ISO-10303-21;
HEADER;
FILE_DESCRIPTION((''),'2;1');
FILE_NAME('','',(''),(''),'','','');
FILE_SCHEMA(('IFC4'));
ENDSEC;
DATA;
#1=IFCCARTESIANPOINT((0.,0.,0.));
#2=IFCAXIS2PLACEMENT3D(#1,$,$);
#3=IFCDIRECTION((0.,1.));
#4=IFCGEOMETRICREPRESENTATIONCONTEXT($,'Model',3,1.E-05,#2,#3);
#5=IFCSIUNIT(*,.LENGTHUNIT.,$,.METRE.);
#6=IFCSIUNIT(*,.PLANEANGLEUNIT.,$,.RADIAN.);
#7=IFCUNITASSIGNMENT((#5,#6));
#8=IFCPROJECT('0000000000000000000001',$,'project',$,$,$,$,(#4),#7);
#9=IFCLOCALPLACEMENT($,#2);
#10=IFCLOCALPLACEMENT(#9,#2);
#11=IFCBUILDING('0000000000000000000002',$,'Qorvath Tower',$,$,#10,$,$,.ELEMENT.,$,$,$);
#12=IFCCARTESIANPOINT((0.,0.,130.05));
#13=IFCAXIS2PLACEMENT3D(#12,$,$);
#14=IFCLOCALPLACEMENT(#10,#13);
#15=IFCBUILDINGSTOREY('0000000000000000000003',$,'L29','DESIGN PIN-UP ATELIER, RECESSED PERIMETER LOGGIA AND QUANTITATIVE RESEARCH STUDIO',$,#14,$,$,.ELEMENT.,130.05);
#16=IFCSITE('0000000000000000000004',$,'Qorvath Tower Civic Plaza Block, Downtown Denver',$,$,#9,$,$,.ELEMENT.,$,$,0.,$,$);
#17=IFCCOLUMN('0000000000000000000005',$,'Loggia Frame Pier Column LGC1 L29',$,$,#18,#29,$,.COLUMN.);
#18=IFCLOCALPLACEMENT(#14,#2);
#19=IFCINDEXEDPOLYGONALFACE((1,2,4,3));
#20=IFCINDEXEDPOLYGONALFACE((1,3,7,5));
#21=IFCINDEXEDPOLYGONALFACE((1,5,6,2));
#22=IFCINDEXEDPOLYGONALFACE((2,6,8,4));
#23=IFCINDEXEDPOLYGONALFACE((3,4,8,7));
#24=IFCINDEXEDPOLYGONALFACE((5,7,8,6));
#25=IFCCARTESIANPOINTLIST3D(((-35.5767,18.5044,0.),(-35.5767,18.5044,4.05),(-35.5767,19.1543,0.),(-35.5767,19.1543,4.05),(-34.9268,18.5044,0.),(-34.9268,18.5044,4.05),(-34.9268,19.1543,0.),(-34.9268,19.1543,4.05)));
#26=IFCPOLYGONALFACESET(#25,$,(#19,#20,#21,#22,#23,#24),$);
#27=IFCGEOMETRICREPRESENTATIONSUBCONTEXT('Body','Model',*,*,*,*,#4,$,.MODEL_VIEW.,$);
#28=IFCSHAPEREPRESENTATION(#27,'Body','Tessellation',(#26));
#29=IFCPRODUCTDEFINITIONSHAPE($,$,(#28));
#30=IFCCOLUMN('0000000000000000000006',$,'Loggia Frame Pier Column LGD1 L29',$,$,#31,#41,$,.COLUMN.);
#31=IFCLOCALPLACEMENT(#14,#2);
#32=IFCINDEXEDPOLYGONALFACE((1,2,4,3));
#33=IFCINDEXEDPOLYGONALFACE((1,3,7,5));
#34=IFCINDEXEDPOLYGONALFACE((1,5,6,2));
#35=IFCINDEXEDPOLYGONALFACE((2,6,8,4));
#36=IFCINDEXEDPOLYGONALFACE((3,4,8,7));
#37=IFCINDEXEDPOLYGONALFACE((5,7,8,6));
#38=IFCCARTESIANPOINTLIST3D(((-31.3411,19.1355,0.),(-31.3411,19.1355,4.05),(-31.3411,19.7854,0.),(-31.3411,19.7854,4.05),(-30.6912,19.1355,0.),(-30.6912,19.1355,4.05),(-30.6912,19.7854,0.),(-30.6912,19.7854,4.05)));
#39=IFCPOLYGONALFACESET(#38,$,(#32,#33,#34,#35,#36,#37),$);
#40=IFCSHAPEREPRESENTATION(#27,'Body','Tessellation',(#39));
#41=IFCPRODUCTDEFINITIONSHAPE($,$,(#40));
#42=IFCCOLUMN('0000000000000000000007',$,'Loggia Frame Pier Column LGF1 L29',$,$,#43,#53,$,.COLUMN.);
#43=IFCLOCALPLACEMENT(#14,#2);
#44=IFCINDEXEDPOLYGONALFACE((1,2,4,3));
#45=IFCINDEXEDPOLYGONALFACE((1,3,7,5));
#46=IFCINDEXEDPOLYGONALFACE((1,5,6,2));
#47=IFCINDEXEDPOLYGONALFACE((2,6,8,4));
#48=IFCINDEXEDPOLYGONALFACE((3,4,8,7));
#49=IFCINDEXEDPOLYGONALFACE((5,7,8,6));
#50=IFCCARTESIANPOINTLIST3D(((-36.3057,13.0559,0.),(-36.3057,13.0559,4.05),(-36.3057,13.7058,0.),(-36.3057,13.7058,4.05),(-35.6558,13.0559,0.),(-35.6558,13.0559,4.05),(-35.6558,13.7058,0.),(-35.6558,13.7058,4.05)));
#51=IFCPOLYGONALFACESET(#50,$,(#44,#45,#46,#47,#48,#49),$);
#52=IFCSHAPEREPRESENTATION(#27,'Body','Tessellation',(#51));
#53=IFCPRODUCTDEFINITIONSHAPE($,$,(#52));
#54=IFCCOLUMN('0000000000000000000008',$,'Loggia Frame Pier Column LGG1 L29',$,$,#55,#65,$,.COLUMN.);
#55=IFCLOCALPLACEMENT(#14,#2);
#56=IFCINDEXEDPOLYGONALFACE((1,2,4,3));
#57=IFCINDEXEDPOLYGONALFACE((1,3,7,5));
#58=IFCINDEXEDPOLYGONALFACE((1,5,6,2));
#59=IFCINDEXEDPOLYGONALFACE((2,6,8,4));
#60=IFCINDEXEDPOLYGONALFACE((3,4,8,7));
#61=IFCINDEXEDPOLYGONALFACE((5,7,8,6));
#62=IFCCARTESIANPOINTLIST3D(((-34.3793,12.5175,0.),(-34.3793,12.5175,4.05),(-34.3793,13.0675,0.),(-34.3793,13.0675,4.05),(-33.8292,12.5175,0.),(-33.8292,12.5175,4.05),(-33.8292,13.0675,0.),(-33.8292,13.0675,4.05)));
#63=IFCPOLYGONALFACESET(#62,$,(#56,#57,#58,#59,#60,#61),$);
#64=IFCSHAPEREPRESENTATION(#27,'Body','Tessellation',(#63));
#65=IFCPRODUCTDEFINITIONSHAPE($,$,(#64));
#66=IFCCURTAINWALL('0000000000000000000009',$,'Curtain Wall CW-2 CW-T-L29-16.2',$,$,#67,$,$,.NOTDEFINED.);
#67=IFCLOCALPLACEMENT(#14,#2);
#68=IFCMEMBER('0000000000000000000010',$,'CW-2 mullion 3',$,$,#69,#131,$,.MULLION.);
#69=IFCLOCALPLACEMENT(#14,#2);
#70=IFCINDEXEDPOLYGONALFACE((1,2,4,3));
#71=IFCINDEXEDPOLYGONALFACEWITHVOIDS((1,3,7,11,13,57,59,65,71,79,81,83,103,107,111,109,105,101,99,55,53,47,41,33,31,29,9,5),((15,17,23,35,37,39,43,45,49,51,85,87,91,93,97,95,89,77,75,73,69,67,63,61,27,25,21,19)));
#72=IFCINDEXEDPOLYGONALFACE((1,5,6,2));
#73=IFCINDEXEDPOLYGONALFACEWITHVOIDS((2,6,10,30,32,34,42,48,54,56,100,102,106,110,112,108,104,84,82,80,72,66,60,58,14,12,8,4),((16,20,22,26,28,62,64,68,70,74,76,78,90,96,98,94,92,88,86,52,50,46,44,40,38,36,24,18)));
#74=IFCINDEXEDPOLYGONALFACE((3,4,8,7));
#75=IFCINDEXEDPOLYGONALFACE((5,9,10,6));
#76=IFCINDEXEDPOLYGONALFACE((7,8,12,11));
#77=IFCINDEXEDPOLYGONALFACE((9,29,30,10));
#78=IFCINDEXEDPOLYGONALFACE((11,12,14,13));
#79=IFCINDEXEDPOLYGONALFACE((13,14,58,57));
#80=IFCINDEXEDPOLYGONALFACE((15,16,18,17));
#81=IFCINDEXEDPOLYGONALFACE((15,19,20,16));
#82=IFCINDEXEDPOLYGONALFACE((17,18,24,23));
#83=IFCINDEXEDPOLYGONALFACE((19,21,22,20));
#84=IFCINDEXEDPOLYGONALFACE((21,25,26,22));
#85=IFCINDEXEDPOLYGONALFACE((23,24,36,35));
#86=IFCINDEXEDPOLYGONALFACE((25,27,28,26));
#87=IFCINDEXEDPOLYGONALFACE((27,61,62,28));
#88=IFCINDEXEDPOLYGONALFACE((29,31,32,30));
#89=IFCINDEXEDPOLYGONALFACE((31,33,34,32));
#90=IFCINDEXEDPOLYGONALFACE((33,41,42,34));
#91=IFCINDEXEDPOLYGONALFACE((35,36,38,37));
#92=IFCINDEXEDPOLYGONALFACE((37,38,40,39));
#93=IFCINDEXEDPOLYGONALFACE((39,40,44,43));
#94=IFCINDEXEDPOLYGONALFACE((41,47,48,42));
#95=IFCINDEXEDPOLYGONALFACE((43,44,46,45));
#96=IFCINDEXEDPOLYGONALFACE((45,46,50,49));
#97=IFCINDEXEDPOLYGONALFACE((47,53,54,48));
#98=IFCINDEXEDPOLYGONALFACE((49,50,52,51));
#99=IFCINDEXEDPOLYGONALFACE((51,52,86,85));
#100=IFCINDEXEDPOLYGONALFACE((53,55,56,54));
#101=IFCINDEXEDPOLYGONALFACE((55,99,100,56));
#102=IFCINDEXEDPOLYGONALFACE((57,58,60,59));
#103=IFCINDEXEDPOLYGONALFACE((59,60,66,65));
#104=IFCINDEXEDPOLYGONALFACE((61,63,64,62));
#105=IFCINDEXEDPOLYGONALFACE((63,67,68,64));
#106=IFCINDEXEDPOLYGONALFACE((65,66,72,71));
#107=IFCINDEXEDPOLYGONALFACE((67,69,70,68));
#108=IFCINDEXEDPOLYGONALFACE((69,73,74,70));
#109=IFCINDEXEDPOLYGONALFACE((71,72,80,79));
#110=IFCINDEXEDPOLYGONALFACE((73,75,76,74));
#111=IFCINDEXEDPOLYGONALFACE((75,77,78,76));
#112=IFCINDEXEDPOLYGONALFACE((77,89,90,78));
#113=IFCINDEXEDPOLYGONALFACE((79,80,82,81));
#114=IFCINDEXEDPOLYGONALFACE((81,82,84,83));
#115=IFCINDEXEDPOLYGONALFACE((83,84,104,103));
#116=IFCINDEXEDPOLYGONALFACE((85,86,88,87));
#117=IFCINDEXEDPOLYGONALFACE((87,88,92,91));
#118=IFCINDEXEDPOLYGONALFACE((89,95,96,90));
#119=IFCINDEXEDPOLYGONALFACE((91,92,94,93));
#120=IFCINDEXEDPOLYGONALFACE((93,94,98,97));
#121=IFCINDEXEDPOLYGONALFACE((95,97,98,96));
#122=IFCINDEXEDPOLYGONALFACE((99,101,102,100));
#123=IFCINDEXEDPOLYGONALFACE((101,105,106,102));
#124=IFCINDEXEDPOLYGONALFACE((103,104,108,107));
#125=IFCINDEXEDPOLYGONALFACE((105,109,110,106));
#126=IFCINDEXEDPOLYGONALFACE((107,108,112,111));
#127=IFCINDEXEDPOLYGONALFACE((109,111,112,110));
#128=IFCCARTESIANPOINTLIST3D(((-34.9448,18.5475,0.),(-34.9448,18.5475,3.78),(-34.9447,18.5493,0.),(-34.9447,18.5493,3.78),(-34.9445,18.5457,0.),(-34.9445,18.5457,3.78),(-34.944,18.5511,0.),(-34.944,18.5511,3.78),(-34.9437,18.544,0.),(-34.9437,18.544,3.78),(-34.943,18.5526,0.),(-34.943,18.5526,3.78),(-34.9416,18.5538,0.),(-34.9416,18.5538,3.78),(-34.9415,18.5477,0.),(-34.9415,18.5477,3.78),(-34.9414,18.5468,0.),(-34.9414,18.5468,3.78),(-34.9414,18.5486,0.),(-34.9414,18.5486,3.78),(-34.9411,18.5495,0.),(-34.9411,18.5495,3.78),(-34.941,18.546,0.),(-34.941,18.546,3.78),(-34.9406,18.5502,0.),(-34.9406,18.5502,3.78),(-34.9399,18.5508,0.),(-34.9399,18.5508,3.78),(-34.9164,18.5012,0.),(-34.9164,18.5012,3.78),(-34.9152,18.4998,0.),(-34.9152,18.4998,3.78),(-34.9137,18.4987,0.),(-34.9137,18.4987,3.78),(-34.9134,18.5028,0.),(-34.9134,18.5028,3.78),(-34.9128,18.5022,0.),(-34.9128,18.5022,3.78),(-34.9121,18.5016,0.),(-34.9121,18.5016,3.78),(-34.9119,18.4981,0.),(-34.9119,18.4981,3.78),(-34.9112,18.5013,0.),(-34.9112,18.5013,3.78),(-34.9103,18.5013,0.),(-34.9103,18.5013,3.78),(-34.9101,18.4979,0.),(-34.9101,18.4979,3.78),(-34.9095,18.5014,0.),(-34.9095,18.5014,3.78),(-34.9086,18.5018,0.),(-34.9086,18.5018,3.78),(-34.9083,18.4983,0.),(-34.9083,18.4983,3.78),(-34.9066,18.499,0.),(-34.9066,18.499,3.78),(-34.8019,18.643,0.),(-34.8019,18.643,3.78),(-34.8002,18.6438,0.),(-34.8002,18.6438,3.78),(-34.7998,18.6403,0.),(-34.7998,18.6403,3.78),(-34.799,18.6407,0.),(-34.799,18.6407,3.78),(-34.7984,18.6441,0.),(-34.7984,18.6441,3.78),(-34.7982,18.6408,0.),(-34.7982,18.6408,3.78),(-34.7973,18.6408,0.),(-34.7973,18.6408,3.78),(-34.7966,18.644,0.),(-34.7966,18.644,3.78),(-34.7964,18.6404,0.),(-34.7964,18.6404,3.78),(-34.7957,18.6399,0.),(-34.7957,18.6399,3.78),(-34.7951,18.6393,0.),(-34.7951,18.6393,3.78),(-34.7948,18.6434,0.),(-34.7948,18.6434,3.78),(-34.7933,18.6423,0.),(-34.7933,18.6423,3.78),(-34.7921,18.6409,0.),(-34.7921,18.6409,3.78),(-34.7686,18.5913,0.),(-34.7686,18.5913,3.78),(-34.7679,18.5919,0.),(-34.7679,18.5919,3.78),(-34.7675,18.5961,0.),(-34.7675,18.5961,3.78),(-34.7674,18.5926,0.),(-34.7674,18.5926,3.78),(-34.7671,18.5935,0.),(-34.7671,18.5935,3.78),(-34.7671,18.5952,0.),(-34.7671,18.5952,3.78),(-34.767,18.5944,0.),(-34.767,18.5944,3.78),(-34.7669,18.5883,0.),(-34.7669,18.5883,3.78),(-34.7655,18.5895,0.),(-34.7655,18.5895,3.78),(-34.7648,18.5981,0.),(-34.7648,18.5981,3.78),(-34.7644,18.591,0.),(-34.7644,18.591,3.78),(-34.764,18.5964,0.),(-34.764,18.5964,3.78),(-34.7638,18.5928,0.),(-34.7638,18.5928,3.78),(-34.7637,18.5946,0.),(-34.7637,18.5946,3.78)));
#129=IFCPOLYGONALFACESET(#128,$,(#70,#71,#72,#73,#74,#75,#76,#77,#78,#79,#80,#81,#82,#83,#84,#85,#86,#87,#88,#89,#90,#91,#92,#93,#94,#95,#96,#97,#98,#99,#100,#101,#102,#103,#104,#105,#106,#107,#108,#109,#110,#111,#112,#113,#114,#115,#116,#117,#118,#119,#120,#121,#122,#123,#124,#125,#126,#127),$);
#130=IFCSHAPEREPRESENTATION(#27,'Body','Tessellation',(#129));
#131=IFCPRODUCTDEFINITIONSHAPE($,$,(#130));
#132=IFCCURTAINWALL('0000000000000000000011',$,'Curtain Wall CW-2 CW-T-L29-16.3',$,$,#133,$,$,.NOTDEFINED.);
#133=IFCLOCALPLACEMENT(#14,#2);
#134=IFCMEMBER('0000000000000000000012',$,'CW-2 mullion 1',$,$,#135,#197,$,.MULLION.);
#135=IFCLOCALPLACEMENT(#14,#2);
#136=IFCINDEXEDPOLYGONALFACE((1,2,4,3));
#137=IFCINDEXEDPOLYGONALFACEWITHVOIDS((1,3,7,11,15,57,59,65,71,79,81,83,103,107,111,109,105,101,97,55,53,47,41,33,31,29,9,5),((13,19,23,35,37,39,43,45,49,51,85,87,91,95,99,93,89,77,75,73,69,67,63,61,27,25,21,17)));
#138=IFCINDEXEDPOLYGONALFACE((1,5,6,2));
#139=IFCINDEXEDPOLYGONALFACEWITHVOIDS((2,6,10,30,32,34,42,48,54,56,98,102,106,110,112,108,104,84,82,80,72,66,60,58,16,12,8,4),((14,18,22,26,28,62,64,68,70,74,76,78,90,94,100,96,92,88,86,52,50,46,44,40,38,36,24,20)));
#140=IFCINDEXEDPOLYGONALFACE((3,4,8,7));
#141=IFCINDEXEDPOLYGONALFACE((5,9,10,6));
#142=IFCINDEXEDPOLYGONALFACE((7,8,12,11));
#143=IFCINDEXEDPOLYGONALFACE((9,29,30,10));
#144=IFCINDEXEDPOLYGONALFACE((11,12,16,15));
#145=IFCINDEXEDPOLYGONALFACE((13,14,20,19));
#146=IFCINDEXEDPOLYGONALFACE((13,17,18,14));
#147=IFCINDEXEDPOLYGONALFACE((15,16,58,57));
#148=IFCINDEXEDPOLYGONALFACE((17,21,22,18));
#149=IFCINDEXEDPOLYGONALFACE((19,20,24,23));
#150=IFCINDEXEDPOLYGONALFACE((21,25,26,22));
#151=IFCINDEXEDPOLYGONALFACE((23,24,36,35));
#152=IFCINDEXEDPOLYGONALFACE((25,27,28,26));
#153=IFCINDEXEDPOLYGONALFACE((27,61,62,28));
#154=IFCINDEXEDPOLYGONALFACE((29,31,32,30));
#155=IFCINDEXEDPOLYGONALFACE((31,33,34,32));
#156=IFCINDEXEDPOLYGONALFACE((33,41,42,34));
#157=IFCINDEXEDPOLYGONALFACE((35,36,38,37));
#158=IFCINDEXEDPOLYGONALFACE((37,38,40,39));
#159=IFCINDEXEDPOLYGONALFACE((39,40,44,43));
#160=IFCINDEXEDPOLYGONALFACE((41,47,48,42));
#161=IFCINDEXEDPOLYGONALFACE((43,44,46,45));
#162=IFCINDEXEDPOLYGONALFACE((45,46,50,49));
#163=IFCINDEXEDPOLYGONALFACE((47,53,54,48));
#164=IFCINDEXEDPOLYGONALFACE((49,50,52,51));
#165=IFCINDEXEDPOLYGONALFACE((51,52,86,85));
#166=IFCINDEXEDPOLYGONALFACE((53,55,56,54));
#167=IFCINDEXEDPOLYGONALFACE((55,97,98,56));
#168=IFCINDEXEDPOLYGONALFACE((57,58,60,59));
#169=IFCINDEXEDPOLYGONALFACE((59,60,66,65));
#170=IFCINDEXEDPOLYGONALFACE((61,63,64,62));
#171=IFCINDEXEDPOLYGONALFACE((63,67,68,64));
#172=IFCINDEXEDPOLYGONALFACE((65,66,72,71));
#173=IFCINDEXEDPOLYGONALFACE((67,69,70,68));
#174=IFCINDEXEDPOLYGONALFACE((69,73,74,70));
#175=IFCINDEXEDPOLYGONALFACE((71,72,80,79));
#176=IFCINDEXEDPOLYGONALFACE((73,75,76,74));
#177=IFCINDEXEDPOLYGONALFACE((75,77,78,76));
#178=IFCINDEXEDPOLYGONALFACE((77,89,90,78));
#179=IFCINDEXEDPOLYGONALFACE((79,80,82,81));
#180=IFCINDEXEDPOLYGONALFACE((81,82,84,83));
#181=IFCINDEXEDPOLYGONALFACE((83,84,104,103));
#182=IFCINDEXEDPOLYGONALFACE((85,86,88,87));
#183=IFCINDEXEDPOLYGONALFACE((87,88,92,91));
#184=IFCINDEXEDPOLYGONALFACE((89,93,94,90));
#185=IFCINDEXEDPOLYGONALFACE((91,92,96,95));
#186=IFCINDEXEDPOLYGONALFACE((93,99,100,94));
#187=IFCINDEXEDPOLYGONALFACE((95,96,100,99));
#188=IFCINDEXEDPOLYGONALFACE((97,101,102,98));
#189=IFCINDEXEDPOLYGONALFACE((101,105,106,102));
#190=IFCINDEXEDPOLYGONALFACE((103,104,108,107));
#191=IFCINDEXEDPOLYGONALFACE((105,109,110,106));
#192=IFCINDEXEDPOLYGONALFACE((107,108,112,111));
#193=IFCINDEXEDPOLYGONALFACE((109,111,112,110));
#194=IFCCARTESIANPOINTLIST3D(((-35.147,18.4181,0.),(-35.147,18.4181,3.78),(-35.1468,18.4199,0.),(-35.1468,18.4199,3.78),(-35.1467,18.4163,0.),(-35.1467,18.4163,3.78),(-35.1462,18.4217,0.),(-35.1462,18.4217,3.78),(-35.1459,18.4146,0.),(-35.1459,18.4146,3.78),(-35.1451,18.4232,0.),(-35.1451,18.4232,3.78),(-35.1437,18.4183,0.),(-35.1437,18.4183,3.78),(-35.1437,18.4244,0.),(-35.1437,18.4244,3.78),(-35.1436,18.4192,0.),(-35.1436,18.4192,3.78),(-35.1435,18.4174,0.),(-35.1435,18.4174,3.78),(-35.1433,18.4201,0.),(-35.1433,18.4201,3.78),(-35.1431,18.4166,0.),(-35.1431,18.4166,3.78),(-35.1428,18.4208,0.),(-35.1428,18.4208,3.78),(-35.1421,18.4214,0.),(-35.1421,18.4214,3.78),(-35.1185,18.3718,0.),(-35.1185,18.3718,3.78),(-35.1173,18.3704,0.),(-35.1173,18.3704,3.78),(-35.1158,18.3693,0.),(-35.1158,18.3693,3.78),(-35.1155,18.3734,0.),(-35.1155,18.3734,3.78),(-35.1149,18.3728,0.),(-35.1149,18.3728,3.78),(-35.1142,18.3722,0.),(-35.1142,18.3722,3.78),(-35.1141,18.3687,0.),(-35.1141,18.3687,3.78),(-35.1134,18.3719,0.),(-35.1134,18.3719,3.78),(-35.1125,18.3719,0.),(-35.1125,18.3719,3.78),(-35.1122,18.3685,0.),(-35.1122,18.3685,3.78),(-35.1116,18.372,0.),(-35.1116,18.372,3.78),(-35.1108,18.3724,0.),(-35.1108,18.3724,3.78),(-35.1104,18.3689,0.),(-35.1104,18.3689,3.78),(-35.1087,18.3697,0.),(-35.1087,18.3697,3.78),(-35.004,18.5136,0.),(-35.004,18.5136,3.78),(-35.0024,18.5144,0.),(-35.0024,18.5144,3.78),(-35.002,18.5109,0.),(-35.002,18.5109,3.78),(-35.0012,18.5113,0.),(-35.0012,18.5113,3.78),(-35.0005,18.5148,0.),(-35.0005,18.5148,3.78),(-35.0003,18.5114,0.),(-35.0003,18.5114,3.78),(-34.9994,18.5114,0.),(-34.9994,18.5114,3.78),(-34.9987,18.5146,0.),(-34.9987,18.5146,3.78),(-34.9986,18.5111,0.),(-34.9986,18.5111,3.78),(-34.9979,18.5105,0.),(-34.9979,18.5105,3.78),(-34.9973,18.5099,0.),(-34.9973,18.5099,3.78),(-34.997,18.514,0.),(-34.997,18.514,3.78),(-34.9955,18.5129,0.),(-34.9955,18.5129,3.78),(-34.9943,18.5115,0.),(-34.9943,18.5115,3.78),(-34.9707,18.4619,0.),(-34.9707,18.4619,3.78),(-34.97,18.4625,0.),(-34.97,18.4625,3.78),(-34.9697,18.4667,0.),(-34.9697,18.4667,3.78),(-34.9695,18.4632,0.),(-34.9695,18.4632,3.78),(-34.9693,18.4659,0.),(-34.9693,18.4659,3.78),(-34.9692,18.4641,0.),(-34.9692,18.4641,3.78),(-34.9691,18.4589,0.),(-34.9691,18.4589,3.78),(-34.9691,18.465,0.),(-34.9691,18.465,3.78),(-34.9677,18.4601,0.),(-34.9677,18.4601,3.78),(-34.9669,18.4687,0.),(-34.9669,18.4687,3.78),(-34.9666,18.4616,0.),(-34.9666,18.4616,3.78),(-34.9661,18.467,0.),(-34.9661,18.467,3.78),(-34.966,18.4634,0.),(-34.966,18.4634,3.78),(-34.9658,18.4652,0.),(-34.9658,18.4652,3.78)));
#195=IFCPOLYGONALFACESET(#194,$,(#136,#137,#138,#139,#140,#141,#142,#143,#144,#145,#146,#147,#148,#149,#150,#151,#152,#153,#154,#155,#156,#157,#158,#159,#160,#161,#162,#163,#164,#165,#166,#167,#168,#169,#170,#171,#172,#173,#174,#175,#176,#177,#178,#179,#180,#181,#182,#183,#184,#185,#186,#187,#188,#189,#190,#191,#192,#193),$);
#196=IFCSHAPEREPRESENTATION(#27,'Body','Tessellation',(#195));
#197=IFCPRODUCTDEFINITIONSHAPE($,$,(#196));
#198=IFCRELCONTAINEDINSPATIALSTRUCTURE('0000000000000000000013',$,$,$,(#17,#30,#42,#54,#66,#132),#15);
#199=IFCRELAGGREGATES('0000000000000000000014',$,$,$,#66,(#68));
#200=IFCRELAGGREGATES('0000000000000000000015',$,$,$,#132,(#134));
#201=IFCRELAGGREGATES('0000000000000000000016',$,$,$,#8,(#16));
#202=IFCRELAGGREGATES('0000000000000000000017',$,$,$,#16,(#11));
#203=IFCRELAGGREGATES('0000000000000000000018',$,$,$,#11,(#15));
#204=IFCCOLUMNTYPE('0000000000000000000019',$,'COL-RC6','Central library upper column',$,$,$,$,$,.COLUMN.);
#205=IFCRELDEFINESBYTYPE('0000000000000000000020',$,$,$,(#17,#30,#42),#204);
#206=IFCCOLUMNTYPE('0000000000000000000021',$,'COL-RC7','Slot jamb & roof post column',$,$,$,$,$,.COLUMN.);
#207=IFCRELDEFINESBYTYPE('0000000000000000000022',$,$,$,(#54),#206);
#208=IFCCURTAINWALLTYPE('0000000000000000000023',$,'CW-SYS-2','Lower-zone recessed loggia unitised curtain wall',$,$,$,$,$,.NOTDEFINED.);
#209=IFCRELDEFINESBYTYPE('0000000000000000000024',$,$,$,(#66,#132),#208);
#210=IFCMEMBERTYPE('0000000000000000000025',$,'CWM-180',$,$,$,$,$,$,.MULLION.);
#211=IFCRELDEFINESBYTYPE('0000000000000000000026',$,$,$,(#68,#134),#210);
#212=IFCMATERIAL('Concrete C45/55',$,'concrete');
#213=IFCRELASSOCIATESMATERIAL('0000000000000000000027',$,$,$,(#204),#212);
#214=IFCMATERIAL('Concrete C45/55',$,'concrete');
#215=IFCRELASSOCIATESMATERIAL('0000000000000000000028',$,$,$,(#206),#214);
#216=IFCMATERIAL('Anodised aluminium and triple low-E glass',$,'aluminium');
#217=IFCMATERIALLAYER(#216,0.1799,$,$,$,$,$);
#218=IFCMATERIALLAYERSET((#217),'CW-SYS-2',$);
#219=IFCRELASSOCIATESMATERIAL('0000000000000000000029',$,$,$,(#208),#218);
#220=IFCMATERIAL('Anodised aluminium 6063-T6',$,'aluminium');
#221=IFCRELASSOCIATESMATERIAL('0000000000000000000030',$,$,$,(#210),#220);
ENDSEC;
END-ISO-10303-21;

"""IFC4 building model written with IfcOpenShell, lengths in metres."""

from ifc_helpers import new_model, si_unit, direction, frame, origin, origin_2d, place, context, subcontext, project, spatial, rectangle, hollow_rectangle, extrude, material, layer, layer_set, material_profile, profile_set, type_object, element, aggregate, save


model = new_model("IFC4")

# Units and contexts
model_context = context("Model", 3, precision=1e-05, world=origin(), true_north=direction((0.0, 1.0)))
body_context = subcontext(model_context, "Body", "Model", "MODEL_VIEW")
ifc_project = project(units=[si_unit("LENGTHUNIT", "METRE"), si_unit("PLANEANGLEUNIT", "RADIAN")], contexts=[model_context])

# Site, building, storey
site_placement = place(None, origin())
site = spatial("IfcSite", under=ifc_project, at=site_placement, Name="Qorvath Tower Civic Plaza Block, Downtown Denver", CompositionType="ELEMENT", RefElevation=0.0)
building_placement = place(site_placement, origin())
building = spatial("IfcBuilding", under=site, at=building_placement, Name="Qorvath Tower", CompositionType="ELEMENT")
storey_placement = place(building_placement, frame((0.0, 0.0, 130.05)))
storey = spatial("IfcBuildingStorey", under=building, at=storey_placement, Name="L29", Description="DESIGN PIN-UP ATELIER, RECESSED PERIMETER LOGGIA AND QUANTITATIVE RESEARCH STUDIO", CompositionType="ELEMENT", Elevation=130.05)

# Columns
ifc_material_1 = material(Name="Concrete C45/55", Category="concrete")
ifc_material_profile_1 = material_profile(ifc_material_1, rectangle(XDim=0.6499, YDim=0.6499, at=origin_2d()), Name="RC 650x650")
ifc_profile_set_1 = profile_set([ifc_material_profile_1], Name="Concrete C45/55")
column_type_1 = type_object("IfcColumnType", Name="COL-RC6", Description="Central library upper column", PredefinedType="COLUMN", material=ifc_profile_set_1)
for number, where, z_axis, x_axis, name in (
    (1, (-35.2517, 18.8293, 0.0), (0.0, 0.0, 1.0), (1.0, 0.0, 0.0), "Loggia Frame Pier Column LGC1 L29"),
    (2, (-31.0161, 19.4604, 0.0), (0.0, 0.0, 1.0), (1.0, 0.0, 0.0), "Loggia Frame Pier Column LGD1 L29"),
    (3, (-35.9807, 13.3809, 0.0), (0.0, 0.0, 1.0), (1.0, 0.0, 0.0), "Loggia Frame Pier Column LGF1 L29"),
):
    element("IfcColumn", number, at=place(storey_placement, frame(where, z_axis=z_axis, x_axis=x_axis)), inside=storey, type_object=column_type_1, Name=name, PredefinedType="COLUMN", context=body_context, shape_type="SweptSolid", body=[
        extrude(rectangle(XDim=0.6499, YDim=0.6499, at=origin_2d()), origin(), (0.0, 0.0, 1.0), 4.05),
    ])
ifc_material_2 = material(Name="Concrete C45/55", Category="concrete")
ifc_material_profile_2 = material_profile(ifc_material_2, rectangle(XDim=0.55, YDim=0.55, at=origin_2d()), Name="RC 550x550")
ifc_profile_set_2 = profile_set([ifc_material_profile_2], Name="Concrete C45/55")
column_type_2 = type_object("IfcColumnType", Name="COL-RC7", Description="Slot jamb & roof post column", PredefinedType="COLUMN", material=ifc_profile_set_2)
column_placement = place(storey_placement, frame((-34.1042, 12.7925, 0.0), z_axis=(0.0, 0.0, 1.0), x_axis=(1.0, 0.0, 0.0)))
element("IfcColumn", 4, at=column_placement, inside=storey, type_object=column_type_2, Name="Loggia Frame Pier Column LGG1 L29", PredefinedType="COLUMN", context=body_context, shape_type="SweptSolid", body=[
    extrude(rectangle(XDim=0.55, YDim=0.55, at=origin_2d()), origin(), (0.0, 0.0, 1.0), 4.05),
])

# Curtain wall, member
ifc_material_3 = material(Name="Anodised aluminium and triple low-E glass", Category="aluminium")
ifc_layer_1 = layer(ifc_material_3, 0.1799)
ifc_layer_set_1 = layer_set([ifc_layer_1], Name="CW-SYS-2")
curtain_wall_type = type_object("IfcCurtainWallType", Name="CW-SYS-2", Description="Lower-zone recessed loggia unitised curtain wall", PredefinedType="NOTDEFINED", material=ifc_layer_set_1)
curtain_wall_1_placement = place(storey_placement, origin())
curtain_wall_1 = element("IfcCurtainWall", 5, at=curtain_wall_1_placement, inside=storey, type_object=curtain_wall_type, Name="Curtain Wall CW-2 CW-T-L29-16.2", PredefinedType="NOTDEFINED")
ifc_material_4 = material(Name="Anodised aluminium 6063-T6", Category="aluminium")
ifc_material_profile_3 = material_profile(ifc_material_4, hollow_rectangle(XDim=0.0649, YDim=0.1799, WallThickness=0.0034, InnerFilletRadius=0.0034, OuterFilletRadius=0.0071, at=origin_2d()), Name="CWM 180x65")
ifc_profile_set_3 = profile_set([ifc_material_profile_3], Name="Anodised aluminium 6063-T6")
member_type_1 = type_object("IfcMemberType", Name="CWM-180", PredefinedType="MULLION", material=ifc_profile_set_3)
member_1_placement = place(storey_placement, frame((-34.8542, 18.571, 0.0), z_axis=(0.0, 0.0, 1.0), x_axis=(0.53853, -0.842607, 0.0)))
member_1 = element("IfcMember", 6, at=member_1_placement, type_object=member_type_1, Name="CW-2 mullion 3", PredefinedType="MULLION", context=body_context, shape_type="SweptSolid", body=[
    extrude(hollow_rectangle(XDim=0.0649, YDim=0.1799, WallThickness=0.0034, InnerFilletRadius=0.0034, OuterFilletRadius=0.0071, at=origin_2d()), origin(), (0.0, 0.0, 1.0), 3.78),
])

# Curtain wall, member
curtain_wall_2_placement = place(storey_placement, origin())
curtain_wall_2 = element("IfcCurtainWall", 7, at=curtain_wall_2_placement, inside=storey, type_object=curtain_wall_type, Name="Curtain Wall CW-2 CW-T-L29-16.3", PredefinedType="NOTDEFINED")
member_2_placement = place(storey_placement, frame((-35.0564, 18.4417, 0.0), z_axis=(0.0, 0.0, 1.0), x_axis=(0.538534, -0.842604, 0.0)))
member_2 = element("IfcMember", 8, at=member_2_placement, type_object=member_type_1, Name="CW-2 mullion 1", PredefinedType="MULLION", context=body_context, shape_type="SweptSolid", body=[
    extrude(hollow_rectangle(XDim=0.0649, YDim=0.1799, WallThickness=0.0034, InnerFilletRadius=0.0034, OuterFilletRadius=0.0071, at=origin_2d()), origin(), (0.0, 0.0, 1.0), 3.78),
])

aggregate(curtain_wall_1, [member_1])
aggregate(curtain_wall_2, [member_2])

save(model, "model.ifc")
